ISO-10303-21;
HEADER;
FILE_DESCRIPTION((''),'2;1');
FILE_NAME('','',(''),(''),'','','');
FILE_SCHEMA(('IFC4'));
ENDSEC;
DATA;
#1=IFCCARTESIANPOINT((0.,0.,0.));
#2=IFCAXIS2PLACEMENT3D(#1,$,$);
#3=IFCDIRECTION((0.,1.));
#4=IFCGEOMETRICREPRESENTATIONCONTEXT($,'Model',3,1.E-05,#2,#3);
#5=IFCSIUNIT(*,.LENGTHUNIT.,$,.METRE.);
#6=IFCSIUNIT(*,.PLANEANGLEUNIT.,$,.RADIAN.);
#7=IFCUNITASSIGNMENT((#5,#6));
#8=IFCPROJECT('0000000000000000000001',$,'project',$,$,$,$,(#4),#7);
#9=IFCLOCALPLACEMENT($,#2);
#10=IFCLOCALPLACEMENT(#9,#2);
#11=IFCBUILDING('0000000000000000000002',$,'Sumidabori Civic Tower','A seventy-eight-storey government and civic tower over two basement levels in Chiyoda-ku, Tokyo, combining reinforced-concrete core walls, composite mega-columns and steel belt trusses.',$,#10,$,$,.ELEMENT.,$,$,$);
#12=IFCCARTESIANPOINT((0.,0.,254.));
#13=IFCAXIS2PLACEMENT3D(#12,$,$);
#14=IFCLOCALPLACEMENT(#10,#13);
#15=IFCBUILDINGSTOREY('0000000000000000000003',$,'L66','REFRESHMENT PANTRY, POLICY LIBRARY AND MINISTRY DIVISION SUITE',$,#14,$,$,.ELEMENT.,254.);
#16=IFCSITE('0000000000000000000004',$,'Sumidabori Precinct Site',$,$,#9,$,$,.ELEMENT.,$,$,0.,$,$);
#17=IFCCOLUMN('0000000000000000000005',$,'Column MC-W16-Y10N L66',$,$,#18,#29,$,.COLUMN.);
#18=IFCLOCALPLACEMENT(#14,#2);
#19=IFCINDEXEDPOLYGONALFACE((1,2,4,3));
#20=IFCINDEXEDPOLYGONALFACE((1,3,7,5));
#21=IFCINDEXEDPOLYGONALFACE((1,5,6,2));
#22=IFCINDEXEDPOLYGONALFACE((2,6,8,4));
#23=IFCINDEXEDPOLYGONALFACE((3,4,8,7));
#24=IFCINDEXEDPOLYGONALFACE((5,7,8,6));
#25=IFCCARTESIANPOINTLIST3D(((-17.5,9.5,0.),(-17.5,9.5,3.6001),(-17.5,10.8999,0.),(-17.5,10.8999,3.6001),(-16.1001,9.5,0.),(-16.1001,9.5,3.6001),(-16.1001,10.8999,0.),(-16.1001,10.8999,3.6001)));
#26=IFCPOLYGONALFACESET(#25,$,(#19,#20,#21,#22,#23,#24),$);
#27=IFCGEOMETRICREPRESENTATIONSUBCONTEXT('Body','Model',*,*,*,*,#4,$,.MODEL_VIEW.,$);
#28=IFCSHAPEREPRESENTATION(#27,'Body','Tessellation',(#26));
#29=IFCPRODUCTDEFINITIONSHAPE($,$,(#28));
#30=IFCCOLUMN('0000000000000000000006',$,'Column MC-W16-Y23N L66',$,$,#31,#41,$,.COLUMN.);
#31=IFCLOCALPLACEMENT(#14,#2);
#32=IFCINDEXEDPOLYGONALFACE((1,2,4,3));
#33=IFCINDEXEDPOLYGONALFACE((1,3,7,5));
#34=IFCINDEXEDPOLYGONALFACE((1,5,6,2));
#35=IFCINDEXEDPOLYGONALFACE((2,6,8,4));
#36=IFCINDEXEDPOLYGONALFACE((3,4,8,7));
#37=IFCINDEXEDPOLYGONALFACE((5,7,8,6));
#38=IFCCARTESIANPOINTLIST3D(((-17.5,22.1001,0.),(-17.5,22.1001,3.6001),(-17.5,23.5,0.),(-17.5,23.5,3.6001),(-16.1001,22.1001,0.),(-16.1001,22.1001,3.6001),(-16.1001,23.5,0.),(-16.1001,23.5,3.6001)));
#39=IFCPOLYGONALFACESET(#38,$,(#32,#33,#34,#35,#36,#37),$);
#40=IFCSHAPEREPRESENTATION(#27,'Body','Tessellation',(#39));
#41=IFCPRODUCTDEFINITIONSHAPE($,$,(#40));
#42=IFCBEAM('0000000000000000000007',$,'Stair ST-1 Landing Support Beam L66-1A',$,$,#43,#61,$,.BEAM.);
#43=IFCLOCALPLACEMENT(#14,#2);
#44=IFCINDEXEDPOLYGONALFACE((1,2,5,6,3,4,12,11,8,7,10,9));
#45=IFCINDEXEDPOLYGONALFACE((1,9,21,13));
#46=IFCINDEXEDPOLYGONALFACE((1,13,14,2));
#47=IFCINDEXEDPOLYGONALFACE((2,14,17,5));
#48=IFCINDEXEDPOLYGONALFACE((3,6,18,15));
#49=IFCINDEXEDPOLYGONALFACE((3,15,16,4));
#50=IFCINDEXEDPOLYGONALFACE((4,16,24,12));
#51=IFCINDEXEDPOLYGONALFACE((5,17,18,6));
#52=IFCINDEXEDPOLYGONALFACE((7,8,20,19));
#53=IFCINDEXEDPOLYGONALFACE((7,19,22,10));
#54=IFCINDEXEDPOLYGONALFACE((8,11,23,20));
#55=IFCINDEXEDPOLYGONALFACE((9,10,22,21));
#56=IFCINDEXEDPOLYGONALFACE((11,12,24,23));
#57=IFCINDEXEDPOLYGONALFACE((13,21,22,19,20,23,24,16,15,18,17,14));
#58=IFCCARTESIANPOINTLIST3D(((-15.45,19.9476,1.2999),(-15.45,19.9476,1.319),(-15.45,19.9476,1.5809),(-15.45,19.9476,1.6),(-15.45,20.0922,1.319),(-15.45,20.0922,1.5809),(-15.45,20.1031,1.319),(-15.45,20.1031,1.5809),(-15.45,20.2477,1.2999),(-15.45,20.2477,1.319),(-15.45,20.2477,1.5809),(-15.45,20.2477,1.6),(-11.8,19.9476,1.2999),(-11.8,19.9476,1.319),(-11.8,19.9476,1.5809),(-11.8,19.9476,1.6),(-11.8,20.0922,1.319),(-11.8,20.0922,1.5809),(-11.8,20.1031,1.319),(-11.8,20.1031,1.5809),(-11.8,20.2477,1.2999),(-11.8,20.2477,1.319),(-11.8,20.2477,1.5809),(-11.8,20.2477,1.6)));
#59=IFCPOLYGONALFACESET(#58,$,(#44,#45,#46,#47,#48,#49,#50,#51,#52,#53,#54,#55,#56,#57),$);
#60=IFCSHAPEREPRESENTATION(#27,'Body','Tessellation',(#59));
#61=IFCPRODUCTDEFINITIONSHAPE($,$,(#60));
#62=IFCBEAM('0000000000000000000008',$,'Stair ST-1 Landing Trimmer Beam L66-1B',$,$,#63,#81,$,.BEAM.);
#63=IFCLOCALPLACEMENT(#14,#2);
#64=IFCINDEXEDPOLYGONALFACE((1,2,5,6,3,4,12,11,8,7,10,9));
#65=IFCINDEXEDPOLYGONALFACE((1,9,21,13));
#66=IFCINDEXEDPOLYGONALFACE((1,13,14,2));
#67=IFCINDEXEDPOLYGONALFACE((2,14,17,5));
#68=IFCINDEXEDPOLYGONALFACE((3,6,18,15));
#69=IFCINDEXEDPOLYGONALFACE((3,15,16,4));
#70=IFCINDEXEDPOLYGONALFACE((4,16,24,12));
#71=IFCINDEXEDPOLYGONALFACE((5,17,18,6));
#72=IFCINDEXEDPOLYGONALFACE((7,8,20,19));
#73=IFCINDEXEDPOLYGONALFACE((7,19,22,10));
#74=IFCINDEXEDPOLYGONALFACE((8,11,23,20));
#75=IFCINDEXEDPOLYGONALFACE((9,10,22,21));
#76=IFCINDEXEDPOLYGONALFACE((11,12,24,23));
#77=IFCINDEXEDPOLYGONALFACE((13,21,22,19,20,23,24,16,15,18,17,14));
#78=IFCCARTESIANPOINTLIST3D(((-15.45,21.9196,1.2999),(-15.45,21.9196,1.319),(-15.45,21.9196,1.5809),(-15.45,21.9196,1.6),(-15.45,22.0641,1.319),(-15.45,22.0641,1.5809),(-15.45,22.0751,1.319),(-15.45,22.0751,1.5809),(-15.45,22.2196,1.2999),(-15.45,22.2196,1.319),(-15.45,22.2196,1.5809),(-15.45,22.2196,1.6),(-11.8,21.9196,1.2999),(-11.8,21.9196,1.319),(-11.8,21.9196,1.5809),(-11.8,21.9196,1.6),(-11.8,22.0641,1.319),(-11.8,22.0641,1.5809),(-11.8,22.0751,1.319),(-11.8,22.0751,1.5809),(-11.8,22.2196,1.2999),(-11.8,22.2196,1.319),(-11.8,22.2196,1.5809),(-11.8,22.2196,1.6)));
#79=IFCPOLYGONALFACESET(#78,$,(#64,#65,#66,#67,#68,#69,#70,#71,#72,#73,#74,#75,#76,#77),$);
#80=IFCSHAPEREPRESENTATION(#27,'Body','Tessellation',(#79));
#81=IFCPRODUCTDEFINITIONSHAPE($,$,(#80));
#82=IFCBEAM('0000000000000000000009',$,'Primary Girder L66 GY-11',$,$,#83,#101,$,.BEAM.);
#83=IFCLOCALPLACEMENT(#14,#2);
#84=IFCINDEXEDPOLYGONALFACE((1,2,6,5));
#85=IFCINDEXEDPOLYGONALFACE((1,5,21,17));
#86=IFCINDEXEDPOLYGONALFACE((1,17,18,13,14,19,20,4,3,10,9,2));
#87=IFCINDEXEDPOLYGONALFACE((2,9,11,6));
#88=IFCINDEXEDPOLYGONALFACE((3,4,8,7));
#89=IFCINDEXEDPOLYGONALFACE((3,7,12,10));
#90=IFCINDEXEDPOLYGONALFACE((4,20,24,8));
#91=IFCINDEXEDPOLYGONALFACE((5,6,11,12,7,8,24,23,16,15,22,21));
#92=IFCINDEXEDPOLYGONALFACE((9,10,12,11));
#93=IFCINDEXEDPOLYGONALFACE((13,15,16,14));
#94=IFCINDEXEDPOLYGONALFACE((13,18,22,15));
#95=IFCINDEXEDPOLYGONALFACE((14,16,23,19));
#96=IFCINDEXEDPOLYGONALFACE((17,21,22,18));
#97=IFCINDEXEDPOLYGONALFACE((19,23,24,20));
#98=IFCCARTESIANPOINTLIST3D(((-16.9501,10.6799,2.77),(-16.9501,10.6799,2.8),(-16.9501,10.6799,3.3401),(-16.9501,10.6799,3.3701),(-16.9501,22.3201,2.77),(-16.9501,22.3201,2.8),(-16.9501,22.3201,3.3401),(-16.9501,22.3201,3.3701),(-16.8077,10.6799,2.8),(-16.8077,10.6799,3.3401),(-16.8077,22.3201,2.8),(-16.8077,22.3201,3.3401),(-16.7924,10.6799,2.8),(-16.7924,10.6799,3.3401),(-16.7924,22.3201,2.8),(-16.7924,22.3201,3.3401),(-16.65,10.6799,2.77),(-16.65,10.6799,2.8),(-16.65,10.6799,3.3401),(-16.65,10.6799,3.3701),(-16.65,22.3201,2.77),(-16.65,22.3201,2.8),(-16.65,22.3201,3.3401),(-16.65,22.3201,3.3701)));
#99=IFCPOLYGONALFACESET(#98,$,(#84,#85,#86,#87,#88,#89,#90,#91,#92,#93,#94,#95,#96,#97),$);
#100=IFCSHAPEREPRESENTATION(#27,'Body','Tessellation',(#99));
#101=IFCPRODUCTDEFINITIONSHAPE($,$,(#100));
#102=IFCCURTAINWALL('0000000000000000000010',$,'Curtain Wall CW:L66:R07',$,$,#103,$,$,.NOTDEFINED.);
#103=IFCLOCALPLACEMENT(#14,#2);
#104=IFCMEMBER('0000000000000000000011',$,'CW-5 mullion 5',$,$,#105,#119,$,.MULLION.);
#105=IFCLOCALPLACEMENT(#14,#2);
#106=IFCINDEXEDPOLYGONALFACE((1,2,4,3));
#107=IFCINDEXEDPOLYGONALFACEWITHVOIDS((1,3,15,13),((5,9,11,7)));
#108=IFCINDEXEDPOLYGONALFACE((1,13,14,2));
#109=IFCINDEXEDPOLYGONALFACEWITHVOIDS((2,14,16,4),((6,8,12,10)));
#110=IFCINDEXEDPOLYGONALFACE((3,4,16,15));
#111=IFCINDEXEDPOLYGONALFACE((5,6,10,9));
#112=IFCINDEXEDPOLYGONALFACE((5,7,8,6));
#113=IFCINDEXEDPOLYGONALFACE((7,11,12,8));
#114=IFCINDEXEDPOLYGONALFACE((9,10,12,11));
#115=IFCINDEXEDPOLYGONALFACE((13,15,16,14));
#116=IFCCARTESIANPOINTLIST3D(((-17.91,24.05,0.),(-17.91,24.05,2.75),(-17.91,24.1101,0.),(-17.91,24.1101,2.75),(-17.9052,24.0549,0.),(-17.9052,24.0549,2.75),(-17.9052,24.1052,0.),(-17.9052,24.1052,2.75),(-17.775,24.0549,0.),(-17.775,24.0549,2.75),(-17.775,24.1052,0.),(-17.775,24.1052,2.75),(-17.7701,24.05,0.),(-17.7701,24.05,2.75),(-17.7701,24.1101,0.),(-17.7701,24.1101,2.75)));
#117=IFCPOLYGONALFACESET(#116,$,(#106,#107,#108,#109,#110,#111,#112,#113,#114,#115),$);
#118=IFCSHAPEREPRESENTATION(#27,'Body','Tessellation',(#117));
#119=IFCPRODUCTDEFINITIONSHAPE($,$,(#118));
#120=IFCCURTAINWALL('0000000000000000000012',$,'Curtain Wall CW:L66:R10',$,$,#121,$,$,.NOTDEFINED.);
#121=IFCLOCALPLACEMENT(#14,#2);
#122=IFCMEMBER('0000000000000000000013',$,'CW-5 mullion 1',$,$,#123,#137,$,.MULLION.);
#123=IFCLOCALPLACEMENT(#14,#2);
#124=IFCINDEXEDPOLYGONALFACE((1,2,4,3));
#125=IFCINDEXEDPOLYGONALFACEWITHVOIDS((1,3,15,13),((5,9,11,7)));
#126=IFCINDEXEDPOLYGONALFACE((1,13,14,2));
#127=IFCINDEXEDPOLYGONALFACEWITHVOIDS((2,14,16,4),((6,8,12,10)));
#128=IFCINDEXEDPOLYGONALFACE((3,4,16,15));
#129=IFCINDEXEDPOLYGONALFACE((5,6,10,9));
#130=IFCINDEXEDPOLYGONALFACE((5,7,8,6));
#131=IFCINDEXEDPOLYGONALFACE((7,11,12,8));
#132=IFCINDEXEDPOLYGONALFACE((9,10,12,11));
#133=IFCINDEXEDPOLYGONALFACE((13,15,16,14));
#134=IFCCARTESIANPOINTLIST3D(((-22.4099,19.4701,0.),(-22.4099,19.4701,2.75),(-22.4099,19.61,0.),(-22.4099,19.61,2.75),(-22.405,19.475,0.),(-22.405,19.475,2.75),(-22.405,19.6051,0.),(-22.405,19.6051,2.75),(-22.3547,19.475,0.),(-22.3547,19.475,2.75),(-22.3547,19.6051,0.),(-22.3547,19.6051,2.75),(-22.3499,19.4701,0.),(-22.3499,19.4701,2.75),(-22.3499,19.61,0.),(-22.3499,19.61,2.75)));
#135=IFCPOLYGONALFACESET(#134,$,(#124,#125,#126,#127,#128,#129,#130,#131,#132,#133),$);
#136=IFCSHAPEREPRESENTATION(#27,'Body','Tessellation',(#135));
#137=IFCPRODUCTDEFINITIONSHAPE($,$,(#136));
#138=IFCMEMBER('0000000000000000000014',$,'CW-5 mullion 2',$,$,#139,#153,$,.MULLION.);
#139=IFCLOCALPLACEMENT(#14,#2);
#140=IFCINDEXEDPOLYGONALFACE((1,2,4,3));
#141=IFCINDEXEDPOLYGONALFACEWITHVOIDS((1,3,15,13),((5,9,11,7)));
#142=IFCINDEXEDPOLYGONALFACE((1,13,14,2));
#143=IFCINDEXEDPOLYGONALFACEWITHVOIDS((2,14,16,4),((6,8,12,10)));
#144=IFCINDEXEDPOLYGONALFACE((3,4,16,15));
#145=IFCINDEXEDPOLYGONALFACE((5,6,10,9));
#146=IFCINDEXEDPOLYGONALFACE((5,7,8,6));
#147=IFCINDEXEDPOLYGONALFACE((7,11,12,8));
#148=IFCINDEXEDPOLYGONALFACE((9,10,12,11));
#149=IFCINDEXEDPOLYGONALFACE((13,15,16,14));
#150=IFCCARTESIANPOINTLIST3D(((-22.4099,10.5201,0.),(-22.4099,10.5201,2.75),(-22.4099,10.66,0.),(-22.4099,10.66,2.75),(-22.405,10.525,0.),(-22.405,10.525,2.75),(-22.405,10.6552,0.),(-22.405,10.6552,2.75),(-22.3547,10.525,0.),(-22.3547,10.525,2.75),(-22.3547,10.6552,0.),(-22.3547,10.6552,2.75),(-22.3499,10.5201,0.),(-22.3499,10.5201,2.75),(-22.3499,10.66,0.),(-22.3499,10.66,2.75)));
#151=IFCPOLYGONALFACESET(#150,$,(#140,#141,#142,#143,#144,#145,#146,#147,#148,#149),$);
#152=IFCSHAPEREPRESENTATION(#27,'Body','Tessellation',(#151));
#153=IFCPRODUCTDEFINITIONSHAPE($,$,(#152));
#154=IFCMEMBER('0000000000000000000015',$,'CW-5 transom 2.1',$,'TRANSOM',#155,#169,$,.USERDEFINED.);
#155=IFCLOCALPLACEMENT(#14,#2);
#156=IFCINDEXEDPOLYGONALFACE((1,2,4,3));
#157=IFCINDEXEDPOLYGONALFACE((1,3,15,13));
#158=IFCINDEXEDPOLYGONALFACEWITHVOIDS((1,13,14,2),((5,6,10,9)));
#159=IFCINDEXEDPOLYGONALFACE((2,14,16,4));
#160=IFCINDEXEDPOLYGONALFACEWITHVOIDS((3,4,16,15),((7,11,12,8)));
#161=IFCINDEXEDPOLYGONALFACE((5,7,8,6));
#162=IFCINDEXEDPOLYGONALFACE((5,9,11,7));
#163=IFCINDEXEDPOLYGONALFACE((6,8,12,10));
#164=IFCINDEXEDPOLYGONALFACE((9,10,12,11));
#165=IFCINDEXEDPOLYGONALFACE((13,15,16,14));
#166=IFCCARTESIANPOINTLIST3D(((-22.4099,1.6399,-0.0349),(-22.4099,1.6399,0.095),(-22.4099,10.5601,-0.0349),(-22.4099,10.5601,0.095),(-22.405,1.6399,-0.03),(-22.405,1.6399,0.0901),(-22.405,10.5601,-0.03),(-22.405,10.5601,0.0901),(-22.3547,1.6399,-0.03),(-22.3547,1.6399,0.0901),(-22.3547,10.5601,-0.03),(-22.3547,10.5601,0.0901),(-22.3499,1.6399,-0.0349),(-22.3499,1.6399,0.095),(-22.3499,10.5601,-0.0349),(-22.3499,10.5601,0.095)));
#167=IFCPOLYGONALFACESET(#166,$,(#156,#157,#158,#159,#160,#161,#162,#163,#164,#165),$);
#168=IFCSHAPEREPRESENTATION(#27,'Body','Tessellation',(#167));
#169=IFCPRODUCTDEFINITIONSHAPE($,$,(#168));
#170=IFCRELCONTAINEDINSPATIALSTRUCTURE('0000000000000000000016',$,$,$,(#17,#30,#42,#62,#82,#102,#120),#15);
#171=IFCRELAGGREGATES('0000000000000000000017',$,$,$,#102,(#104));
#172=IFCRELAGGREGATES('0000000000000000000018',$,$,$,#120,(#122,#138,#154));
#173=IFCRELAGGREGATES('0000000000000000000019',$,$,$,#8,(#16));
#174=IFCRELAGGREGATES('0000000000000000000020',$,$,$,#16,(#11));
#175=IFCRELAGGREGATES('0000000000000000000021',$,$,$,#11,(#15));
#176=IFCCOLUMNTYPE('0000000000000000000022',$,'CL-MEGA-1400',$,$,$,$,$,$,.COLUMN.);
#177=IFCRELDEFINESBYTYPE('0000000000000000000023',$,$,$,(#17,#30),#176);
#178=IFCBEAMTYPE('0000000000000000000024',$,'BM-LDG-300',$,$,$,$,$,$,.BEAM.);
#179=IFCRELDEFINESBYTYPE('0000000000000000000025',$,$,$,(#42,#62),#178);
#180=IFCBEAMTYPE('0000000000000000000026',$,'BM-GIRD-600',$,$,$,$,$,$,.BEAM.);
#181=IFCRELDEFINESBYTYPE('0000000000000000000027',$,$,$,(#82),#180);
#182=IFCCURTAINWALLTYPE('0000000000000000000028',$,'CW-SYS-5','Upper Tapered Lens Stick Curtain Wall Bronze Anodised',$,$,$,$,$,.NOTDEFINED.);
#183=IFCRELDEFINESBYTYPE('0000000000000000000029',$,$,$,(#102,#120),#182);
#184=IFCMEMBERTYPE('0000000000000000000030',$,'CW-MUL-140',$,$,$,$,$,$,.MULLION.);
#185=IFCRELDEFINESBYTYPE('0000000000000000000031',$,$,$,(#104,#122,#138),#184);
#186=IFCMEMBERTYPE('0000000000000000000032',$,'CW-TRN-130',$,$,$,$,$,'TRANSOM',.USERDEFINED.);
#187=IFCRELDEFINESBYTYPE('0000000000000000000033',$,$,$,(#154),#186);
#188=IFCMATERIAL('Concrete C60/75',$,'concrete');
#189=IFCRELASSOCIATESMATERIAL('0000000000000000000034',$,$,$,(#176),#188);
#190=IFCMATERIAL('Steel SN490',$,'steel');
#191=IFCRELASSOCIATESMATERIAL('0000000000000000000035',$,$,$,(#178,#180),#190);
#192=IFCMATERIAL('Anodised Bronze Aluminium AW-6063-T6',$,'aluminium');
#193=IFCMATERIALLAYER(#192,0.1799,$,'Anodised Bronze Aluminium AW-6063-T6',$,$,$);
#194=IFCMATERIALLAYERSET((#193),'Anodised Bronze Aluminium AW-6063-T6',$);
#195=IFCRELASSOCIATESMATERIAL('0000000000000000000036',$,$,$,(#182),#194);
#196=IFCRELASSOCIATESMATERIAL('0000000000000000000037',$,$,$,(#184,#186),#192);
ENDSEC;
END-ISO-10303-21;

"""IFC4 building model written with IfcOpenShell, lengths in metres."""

from ifc_helpers import new_model, si_unit, direction, frame, origin, origin_2d, place, context, subcontext, project, spatial, rectangle, hollow_rectangle, i_section, extrude, source, transform, mapped, material, layer, layer_set, material_profile, profile_set, type_object, element, aggregate, save


model = new_model("IFC4")

# Units and contexts
model_context = context("Model", 3, precision=1e-05, world=origin(), true_north=direction((0.0, 1.0)))
body_context = subcontext(model_context, "Body", "Model", "MODEL_VIEW")
ifc_project = project(units=[si_unit("LENGTHUNIT", "METRE"), si_unit("PLANEANGLEUNIT", "RADIAN")], contexts=[model_context])

# Site, building, storey
site_placement = place(None, origin())
site = spatial("IfcSite", under=ifc_project, at=site_placement, Name="Sumidabori Precinct Site", CompositionType="ELEMENT", RefElevation=0.0)
building_placement = place(site_placement, origin())
building = spatial("IfcBuilding", under=site, at=building_placement, Name="Sumidabori Civic Tower", Description="A seventy-eight-storey government and civic tower over two basement levels in Chiyoda-ku, Tokyo, combining reinforced-concrete core walls, composite mega-columns and steel belt trusses.", CompositionType="ELEMENT")
storey_placement = place(building_placement, frame((0.0, 0.0, 254.0)))
storey = spatial("IfcBuildingStorey", under=building, at=storey_placement, Name="L66", Description="REFRESHMENT PANTRY, POLICY LIBRARY AND MINISTRY DIVISION SUITE", CompositionType="ELEMENT", Elevation=254.0)

# Columns
ifc_material_1 = material(Name="Concrete C60/75", Category="concrete")
ifc_material_profile_1 = material_profile(ifc_material_1, rectangle(XDim=1.3999, YDim=1.3999, at=origin_2d()), Name="RC 1400x1400")
ifc_profile_set_1 = profile_set([ifc_material_profile_1], Name="Concrete C60/75")
column_type = type_object("IfcColumnType", Name="CL-MEGA-1400", PredefinedType="COLUMN", material=ifc_profile_set_1)
shared_shape_1 = source(origin(), body_context, "Body", "SweptSolid", [
    extrude(rectangle(XDim=1.3999, YDim=1.3999, at=origin_2d()), origin(), (0.0, 0.0, 1.0), 3.6001),
])
for number, where, z_axis, x_axis, name in (
    (1, (-16.8, 10.2, 0.0), (0.0, 0.0, 1.0), (1.0, 0.0, 0.0), "Column MC-W16-Y10N L66"),
    (2, (-16.8, 22.8, 0.0), (0.0, 0.0, 1.0), (1.0, 0.0, 0.0), "Column MC-W16-Y23N L66"),
):
    element("IfcColumn", number, at=place(storey_placement, frame(where, z_axis=z_axis, x_axis=x_axis)), inside=storey, type_object=column_type, Name=name, PredefinedType="COLUMN", context=body_context, shape_type="MappedRepresentation", body=[
        mapped(shared_shape_1, transform((0.0, 0.0, 0.0), x_axis=(1.0, 0.0, 0.0), y_axis=(0.0, 1.0, 0.0), z_axis=(0.0, 0.0, 1.0), scale=1.0)),
    ])

# Beams
ifc_material_2 = material(Name="Steel SN490", Category="steel")
ifc_material_profile_2 = material_profile(ifc_material_2, i_section(OverallWidth=0.3, OverallDepth=0.3, WebThickness=0.011, FlangeThickness=0.019, at=origin_2d()), Name="HE 300 B")
ifc_profile_set_2 = profile_set([ifc_material_profile_2], Name="Steel SN490")
beam_type_1 = type_object("IfcBeamType", Name="BM-LDG-300", PredefinedType="BEAM", material=ifc_profile_set_2)
shared_shape_2 = source(origin(), body_context, "Body", "SweptSolid", [
    extrude(i_section(OverallWidth=0.3, OverallDepth=0.3, WebThickness=0.011, FlangeThickness=0.019, at=origin_2d()), origin(), (0.0, 0.0, 1.0), 3.6499),
])
for number, where, z_axis, x_axis, name in (
    (3, (-15.45, 20.0977, 1.45), (1.0, 0.0, 0.0), (0.0, 1.0, 0.0), "Stair ST-1 Landing Support Beam L66-1A"),
    (4, (-15.45, 22.0696, 1.45), (1.0, 0.0, 0.0), (0.0, 1.0, 0.0), "Stair ST-1 Landing Trimmer Beam L66-1B"),
):
    element("IfcBeam", number, at=place(storey_placement, frame(where, z_axis=z_axis, x_axis=x_axis)), inside=storey, type_object=beam_type_1, Name=name, PredefinedType="BEAM", context=body_context, shape_type="MappedRepresentation", body=[
        mapped(shared_shape_2, transform((0.0, 0.0, 0.0), x_axis=(1.0, 0.0, 0.0), y_axis=(0.0, 1.0, 0.0), z_axis=(0.0, 0.0, 1.0), scale=1.0)),
    ])
ifc_material_profile_3 = material_profile(ifc_material_2, i_section(OverallWidth=0.3, OverallDepth=0.6001, WebThickness=0.0154, FlangeThickness=0.03, at=origin_2d()), Name="HE 600 B")
ifc_profile_set_3 = profile_set([ifc_material_profile_3], Name="Steel SN490")
beam_type_2 = type_object("IfcBeamType", Name="BM-GIRD-600", PredefinedType="BEAM", material=ifc_profile_set_3)
shared_shape_3 = source(origin(), body_context, "Body", "SweptSolid", [
    extrude(i_section(OverallWidth=0.3, OverallDepth=0.6001, WebThickness=0.0154, FlangeThickness=0.03, at=origin_2d()), origin(), (0.0, 0.0, 1.0), 11.6401),
])
beam_placement = place(storey_placement, frame((-16.8, 10.6799, 3.0701), z_axis=(0.0, 1.0, 0.0), x_axis=(-1.0, 0.0, 0.0)))
element("IfcBeam", 5, at=beam_placement, inside=storey, type_object=beam_type_2, Name="Primary Girder L66 GY-11", PredefinedType="BEAM", context=body_context, shape_type="MappedRepresentation", body=[
    mapped(shared_shape_3, transform((0.0, 0.0, 0.0), x_axis=(1.0, 0.0, 0.0), y_axis=(0.0, 1.0, 0.0), z_axis=(0.0, 0.0, 1.0), scale=1.0)),
])

# Curtain wall, member
ifc_material_3 = material(Name="Anodised Bronze Aluminium AW-6063-T6", Category="aluminium")
ifc_layer_1 = layer(ifc_material_3, 0.1799, Name="Anodised Bronze Aluminium AW-6063-T6")
ifc_layer_set_1 = layer_set([ifc_layer_1], Name="Anodised Bronze Aluminium AW-6063-T6")
curtain_wall_type = type_object("IfcCurtainWallType", Name="CW-SYS-5", Description="Upper Tapered Lens Stick Curtain Wall Bronze Anodised", PredefinedType="NOTDEFINED", material=ifc_layer_set_1)
curtain_wall_1_placement = place(storey_placement, origin())
curtain_wall_1 = element("IfcCurtainWall", 6, at=curtain_wall_1_placement, inside=storey, type_object=curtain_wall_type, Name="Curtain Wall CW:L66:R07", PredefinedType="NOTDEFINED")
ifc_material_profile_4 = material_profile(ifc_material_3, hollow_rectangle(XDim=0.0601, YDim=0.1399, WallThickness=0.0049, at=origin_2d()), Name="ALU MULLION 140x60")
ifc_profile_set_4 = profile_set([ifc_material_profile_4], Name="Anodised Bronze Aluminium AW-6063-T6")
member_type_1 = type_object("IfcMemberType", Name="CW-MUL-140", PredefinedType="MULLION", material=ifc_profile_set_4)
shared_shape_4 = source(origin(), body_context, "Body", "SweptSolid", [
    extrude(hollow_rectangle(XDim=0.0601, YDim=0.1399, WallThickness=0.0049, at=origin_2d()), origin(), (0.0, 0.0, 1.0), 2.75),
])
member_1_placement = place(storey_placement, frame((-17.8401, 24.0801, 0.0), z_axis=(0.0, 0.0, 1.0), x_axis=(0.0, -1.0, 0.0)))
member_1 = element("IfcMember", 7, at=member_1_placement, type_object=member_type_1, Name="CW-5 mullion 5", PredefinedType="MULLION", context=body_context, shape_type="MappedRepresentation", body=[
    mapped(shared_shape_4, transform((0.0, 0.0, 0.0), x_axis=(1.0, 0.0, 0.0), y_axis=(0.0, 1.0, 0.0), z_axis=(0.0, 0.0, 1.0), scale=1.0)),
])
aggregate(curtain_wall_1, [member_1])

# Curtain wall, members
curtain_wall_2_placement = place(storey_placement, origin())
curtain_wall_2 = element("IfcCurtainWall", 8, at=curtain_wall_2_placement, inside=storey, type_object=curtain_wall_type, Name="Curtain Wall CW:L66:R10", PredefinedType="NOTDEFINED")
member_2_placement = place(storey_placement, frame((-22.3799, 19.54, 0.0), z_axis=(0.0, 0.0, 1.0), x_axis=(1.0, 0.0, 0.0)))
member_2 = element("IfcMember", 9, at=member_2_placement, type_object=member_type_1, Name="CW-5 mullion 1", PredefinedType="MULLION", context=body_context, shape_type="MappedRepresentation", body=[
    mapped(shared_shape_4, transform((0.0, 0.0, 0.0), x_axis=(1.0, 0.0, 0.0), y_axis=(0.0, 1.0, 0.0), z_axis=(0.0, 0.0, 1.0), scale=1.0)),
])
member_3_placement = place(storey_placement, frame((-22.3799, 10.5901, 0.0), z_axis=(0.0, 0.0, 1.0), x_axis=(1.0, 0.0, 0.0)))
member_3 = element("IfcMember", 10, at=member_3_placement, type_object=member_type_1, Name="CW-5 mullion 2", PredefinedType="MULLION", context=body_context, shape_type="MappedRepresentation", body=[
    mapped(shared_shape_4, transform((0.0, 0.0, 0.0), x_axis=(1.0, 0.0, 0.0), y_axis=(0.0, 1.0, 0.0), z_axis=(0.0, 0.0, 1.0), scale=1.0)),
])
ifc_material_profile_5 = material_profile(ifc_material_3, hollow_rectangle(XDim=0.0601, YDim=0.1299, WallThickness=0.0049, at=origin_2d()), Name="ALU TRANSOM 130x60")
ifc_profile_set_5 = profile_set([ifc_material_profile_5], Name="Anodised Bronze Aluminium AW-6063-T6")
member_type_2 = type_object("IfcMemberType", Name="CW-TRN-130", ElementType="TRANSOM", PredefinedType="USERDEFINED", material=ifc_profile_set_5)
shared_shape_5 = source(origin(), body_context, "Body", "SweptSolid", [
    extrude(hollow_rectangle(XDim=0.0601, YDim=0.1299, WallThickness=0.0049, at=origin_2d()), origin(), (0.0, 0.0, 1.0), 8.9202),
])
member_4_placement = place(storey_placement, frame((-22.3799, 10.5601, 0.03), z_axis=(0.0, -1.0, 0.0), x_axis=(1.0, 0.0, 0.0)))
member_4 = element("IfcMember", 11, at=member_4_placement, type_object=member_type_2, Name="CW-5 transom 2.1", ObjectType="TRANSOM", PredefinedType="USERDEFINED", context=body_context, shape_type="MappedRepresentation", body=[
    mapped(shared_shape_5, transform((0.0, 0.0, 0.0), x_axis=(1.0, 0.0, 0.0), y_axis=(0.0, 1.0, 0.0), z_axis=(0.0, 0.0, 1.0), scale=1.0)),
])
aggregate(curtain_wall_2, [member_2, member_3, member_4])

save(model, "model.ifc")
